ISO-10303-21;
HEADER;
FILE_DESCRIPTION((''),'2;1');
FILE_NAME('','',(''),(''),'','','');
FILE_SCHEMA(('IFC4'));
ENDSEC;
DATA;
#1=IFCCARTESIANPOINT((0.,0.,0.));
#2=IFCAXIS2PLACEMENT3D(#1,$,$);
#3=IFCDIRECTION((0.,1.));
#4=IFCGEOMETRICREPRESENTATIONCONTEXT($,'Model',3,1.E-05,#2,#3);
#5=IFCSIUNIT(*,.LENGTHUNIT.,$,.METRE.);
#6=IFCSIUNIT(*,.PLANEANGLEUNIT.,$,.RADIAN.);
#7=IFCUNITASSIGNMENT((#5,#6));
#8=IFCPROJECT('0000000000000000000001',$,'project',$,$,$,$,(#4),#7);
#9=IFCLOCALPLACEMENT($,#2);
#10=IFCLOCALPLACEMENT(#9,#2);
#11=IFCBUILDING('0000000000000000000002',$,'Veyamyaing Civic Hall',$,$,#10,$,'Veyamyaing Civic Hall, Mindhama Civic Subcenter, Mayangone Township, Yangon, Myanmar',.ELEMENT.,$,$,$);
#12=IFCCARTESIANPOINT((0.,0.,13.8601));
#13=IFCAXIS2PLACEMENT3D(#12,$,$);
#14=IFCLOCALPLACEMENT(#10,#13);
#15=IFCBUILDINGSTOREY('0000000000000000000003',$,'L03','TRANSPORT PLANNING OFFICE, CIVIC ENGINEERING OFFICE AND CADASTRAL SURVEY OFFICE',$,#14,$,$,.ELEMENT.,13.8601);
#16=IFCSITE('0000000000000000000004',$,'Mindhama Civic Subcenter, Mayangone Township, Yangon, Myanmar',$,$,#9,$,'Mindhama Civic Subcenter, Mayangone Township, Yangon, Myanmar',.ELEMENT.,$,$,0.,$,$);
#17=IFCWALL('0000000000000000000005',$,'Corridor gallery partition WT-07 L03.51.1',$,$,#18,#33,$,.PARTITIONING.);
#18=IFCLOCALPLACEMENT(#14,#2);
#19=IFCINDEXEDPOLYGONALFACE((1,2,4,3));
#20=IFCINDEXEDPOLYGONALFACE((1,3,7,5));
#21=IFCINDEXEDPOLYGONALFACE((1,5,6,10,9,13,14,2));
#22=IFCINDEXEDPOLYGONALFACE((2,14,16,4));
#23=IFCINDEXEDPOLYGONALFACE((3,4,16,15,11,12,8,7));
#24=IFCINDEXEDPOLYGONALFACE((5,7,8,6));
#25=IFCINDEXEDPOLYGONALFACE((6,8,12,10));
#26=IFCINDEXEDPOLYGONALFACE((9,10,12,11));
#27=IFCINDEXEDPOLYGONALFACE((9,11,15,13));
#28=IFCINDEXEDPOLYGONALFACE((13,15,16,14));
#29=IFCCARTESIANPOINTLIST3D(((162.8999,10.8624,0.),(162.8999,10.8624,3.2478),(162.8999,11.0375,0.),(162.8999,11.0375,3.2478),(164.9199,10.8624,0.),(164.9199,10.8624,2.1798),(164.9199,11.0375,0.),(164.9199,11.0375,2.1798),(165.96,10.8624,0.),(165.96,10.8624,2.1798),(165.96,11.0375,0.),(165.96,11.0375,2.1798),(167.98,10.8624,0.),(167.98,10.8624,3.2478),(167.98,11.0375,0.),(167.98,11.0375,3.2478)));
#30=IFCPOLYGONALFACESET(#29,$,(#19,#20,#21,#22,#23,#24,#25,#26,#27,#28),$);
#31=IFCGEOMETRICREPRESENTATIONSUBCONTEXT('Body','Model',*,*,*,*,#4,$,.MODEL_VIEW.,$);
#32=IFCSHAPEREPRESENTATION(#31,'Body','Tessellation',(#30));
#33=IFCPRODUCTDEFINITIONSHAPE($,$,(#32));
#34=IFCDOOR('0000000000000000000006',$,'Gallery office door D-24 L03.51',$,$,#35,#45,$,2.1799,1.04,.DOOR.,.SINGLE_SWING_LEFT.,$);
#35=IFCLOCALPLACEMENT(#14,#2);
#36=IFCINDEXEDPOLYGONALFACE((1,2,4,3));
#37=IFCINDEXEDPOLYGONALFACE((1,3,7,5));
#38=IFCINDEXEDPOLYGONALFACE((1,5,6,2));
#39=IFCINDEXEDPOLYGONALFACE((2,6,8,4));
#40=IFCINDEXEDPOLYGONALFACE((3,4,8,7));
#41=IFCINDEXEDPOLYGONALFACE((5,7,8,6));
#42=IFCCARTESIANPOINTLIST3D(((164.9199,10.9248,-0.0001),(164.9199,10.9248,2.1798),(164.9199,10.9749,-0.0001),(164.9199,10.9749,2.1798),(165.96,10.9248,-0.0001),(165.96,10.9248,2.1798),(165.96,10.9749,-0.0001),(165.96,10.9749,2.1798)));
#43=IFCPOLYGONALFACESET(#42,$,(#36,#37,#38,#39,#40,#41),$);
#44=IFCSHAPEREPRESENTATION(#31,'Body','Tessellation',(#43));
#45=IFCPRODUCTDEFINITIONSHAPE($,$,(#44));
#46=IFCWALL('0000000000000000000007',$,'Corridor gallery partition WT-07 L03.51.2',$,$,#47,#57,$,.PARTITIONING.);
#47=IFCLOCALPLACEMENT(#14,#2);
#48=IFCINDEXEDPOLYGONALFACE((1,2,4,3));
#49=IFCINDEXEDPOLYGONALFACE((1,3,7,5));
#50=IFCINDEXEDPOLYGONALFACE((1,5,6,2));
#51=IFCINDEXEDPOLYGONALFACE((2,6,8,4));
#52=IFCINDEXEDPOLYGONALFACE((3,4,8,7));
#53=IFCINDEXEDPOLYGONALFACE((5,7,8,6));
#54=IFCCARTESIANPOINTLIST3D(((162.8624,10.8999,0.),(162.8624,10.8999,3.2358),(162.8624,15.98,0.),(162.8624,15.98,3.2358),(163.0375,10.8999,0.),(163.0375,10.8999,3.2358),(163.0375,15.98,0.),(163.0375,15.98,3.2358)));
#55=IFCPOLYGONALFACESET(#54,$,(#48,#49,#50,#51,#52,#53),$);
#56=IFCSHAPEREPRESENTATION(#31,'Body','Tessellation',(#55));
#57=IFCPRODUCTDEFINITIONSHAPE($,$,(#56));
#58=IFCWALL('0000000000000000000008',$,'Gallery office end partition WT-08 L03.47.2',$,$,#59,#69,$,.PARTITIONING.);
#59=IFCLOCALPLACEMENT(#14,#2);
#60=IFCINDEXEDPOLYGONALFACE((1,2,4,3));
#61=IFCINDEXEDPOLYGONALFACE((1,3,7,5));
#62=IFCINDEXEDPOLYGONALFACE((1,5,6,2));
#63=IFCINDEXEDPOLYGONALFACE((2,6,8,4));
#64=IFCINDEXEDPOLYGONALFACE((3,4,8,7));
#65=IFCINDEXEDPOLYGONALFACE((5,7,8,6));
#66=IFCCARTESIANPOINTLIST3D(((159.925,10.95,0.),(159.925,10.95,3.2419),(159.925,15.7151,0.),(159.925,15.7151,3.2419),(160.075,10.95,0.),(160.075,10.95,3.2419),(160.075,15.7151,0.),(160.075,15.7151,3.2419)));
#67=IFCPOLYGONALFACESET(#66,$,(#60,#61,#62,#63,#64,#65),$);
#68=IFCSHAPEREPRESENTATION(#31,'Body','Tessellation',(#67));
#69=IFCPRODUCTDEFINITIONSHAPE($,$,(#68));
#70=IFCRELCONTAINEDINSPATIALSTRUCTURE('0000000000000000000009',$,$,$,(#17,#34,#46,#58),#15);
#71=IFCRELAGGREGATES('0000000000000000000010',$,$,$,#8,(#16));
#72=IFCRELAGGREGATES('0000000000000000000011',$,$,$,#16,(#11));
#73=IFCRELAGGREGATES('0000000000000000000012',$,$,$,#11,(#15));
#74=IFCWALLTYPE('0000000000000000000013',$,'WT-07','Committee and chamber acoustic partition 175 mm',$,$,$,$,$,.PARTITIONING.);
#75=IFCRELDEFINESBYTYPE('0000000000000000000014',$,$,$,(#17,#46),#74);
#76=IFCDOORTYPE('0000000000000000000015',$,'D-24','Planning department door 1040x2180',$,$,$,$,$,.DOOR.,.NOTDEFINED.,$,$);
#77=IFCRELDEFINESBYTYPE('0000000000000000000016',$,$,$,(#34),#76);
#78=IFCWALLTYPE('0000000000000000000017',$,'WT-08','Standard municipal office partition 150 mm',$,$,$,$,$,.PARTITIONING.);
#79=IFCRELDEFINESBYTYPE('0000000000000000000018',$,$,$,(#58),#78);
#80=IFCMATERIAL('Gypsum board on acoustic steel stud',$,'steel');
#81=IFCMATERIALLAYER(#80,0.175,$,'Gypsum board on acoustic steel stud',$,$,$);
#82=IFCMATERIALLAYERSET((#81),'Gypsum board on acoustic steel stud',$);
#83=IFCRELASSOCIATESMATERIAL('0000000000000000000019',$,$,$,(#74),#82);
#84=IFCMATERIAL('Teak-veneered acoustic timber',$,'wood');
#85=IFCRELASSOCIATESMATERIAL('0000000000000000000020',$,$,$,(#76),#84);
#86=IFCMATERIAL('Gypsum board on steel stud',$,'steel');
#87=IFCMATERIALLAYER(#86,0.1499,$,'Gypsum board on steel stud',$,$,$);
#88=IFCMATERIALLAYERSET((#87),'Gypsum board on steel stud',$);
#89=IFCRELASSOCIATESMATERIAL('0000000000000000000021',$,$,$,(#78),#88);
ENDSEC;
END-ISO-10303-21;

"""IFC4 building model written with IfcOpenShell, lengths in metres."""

from ifc_helpers import new_model, si_unit, direction, frame, frame_2d, origin, place, context, subcontext, project, spatial, rectangle, extrude, material, layer, layer_set, type_object, element, fill, save


model = new_model("IFC4")

# Units and contexts
model_context = context("Model", 3, precision=1e-05, world=origin(), true_north=direction((0.0, 1.0)))
body_context = subcontext(model_context, "Body", "Model", "MODEL_VIEW")
ifc_project = project(units=[si_unit("LENGTHUNIT", "METRE"), si_unit("PLANEANGLEUNIT", "RADIAN")], contexts=[model_context])

# Site, building, storey
site_placement = place(None, origin())
site = spatial("IfcSite", under=ifc_project, at=site_placement, Name="Mindhama Civic Subcenter, Mayangone Township, Yangon, Myanmar", LongName="Mindhama Civic Subcenter, Mayangone Township, Yangon, Myanmar", CompositionType="ELEMENT", RefElevation=0.0)
building_placement = place(site_placement, origin())
building = spatial("IfcBuilding", under=site, at=building_placement, Name="Veyamyaing Civic Hall", LongName="Veyamyaing Civic Hall, Mindhama Civic Subcenter, Mayangone Township, Yangon, Myanmar", CompositionType="ELEMENT")
storey_placement = place(building_placement, frame((0.0, 0.0, 13.8601)))
storey = spatial("IfcBuildingStorey", under=building, at=storey_placement, Name="L03", Description="TRANSPORT PLANNING OFFICE, CIVIC ENGINEERING OFFICE AND CADASTRAL SURVEY OFFICE", CompositionType="ELEMENT", Elevation=13.8601)

# Wall, opening, door
ifc_material_1 = material(Name="Teak-veneered acoustic timber", Category="wood")
ifc_material_2 = material(Name="Gypsum board on acoustic steel stud", Category="steel")
ifc_layer_1 = layer(ifc_material_2, 0.175, Name="Gypsum board on acoustic steel stud")
ifc_layer_set_1 = layer_set([ifc_layer_1], Name="Gypsum board on acoustic steel stud")
wall_type_1 = type_object("IfcWallType", Name="WT-07", Description="Committee and chamber acoustic partition 175 mm", PredefinedType="PARTITIONING", material=ifc_layer_set_1)
wall_1_placement = place(storey_placement, frame((162.8999, 10.95, 0.0), z_axis=(0.0, 0.0, 1.0), x_axis=(1.0, 0.0, 0.0)))
wall_1 = element("IfcWall", 1, at=wall_1_placement, inside=storey, type_object=wall_type_1, Name="Corridor gallery partition WT-07 L03.51.1", PredefinedType="PARTITIONING", context=body_context, shape_type="SweptSolid", body=[
    extrude(rectangle(XDim=5.0801, YDim=0.175, at=frame_2d((2.54, 0.0))), origin(), (0.0, 0.0, 1.0), 3.2478),
])
opening_1_placement = place(wall_1_placement, frame((2.02, 0.0, 0.0)))
opening_1 = element("IfcOpeningElement", 2, at=opening_1_placement, cuts=wall_1, PredefinedType="OPENING", context=body_context, shape_type="SweptSolid", body=[
    extrude(rectangle(XDim=1.04, YDim=2.1799, at=frame_2d((0.52, 1.0898))), frame((0.0, 0.0974, 0.0), z_axis=(0.0, -1.0, 0.0), x_axis=(1.0, 0.0, 0.0)), (0.0, 0.0, 1.0), 0.1951),
])
door_type_1 = type_object("IfcDoorType", Name="D-24", Description="Planning department door 1040x2180", OperationType="NOTDEFINED", PredefinedType="DOOR", material=ifc_material_1)
door_1_placement = place(opening_1_placement, origin())
door_1 = element("IfcDoor", 3, at=door_1_placement, inside=storey, type_object=door_type_1, Name="Gallery office door D-24 L03.51", OperationType="SINGLE_SWING_LEFT", OverallHeight=2.1799, OverallWidth=1.04, PredefinedType="DOOR", context=body_context, shape_type="SweptSolid", body=[
    extrude(rectangle(XDim=1.04, YDim=2.1799, at=frame_2d((0.52, 1.0898))), frame((0.0, 0.0249, 0.0), z_axis=(0.0, -1.0, 0.0), x_axis=(1.0, 0.0, 0.0)), (0.0, 0.0, 1.0), 0.05),
])
fill(opening_1, door_1)

# Walls
wall_2_placement = place(storey_placement, frame((162.95, 10.8999, 0.0), z_axis=(0.0, 0.0, 1.0), x_axis=(0.0, 1.0, 0.0)))
element("IfcWall", 4, at=wall_2_placement, inside=storey, type_object=wall_type_1, Name="Corridor gallery partition WT-07 L03.51.2", PredefinedType="PARTITIONING", context=body_context, shape_type="SweptSolid", body=[
    extrude(rectangle(XDim=5.0801, YDim=0.175, at=frame_2d((2.54, 0.0))), origin(), (0.0, 0.0, 1.0), 3.2358),
])
ifc_material_3 = material(Name="Gypsum board on steel stud", Category="steel")
ifc_layer_2 = layer(ifc_material_3, 0.1499, Name="Gypsum board on steel stud")
ifc_layer_set_2 = layer_set([ifc_layer_2], Name="Gypsum board on steel stud")
wall_type_2 = type_object("IfcWallType", Name="WT-08", Description="Standard municipal office partition 150 mm", PredefinedType="PARTITIONING", material=ifc_layer_set_2)
wall_3_placement = place(storey_placement, frame((160.0, 10.95, 0.0), z_axis=(0.0, 0.0, 1.0), x_axis=(0.0, 1.0, 0.0)))
element("IfcWall", 5, at=wall_3_placement, inside=storey, type_object=wall_type_2, Name="Gallery office end partition WT-08 L03.47.2", PredefinedType="PARTITIONING", context=body_context, shape_type="SweptSolid", body=[
    extrude(rectangle(XDim=4.7651, YDim=0.1499, at=frame_2d((2.3826, 0.0))), origin(), (0.0, 0.0, 1.0), 3.2419),
])

save(model, "model.ifc")
